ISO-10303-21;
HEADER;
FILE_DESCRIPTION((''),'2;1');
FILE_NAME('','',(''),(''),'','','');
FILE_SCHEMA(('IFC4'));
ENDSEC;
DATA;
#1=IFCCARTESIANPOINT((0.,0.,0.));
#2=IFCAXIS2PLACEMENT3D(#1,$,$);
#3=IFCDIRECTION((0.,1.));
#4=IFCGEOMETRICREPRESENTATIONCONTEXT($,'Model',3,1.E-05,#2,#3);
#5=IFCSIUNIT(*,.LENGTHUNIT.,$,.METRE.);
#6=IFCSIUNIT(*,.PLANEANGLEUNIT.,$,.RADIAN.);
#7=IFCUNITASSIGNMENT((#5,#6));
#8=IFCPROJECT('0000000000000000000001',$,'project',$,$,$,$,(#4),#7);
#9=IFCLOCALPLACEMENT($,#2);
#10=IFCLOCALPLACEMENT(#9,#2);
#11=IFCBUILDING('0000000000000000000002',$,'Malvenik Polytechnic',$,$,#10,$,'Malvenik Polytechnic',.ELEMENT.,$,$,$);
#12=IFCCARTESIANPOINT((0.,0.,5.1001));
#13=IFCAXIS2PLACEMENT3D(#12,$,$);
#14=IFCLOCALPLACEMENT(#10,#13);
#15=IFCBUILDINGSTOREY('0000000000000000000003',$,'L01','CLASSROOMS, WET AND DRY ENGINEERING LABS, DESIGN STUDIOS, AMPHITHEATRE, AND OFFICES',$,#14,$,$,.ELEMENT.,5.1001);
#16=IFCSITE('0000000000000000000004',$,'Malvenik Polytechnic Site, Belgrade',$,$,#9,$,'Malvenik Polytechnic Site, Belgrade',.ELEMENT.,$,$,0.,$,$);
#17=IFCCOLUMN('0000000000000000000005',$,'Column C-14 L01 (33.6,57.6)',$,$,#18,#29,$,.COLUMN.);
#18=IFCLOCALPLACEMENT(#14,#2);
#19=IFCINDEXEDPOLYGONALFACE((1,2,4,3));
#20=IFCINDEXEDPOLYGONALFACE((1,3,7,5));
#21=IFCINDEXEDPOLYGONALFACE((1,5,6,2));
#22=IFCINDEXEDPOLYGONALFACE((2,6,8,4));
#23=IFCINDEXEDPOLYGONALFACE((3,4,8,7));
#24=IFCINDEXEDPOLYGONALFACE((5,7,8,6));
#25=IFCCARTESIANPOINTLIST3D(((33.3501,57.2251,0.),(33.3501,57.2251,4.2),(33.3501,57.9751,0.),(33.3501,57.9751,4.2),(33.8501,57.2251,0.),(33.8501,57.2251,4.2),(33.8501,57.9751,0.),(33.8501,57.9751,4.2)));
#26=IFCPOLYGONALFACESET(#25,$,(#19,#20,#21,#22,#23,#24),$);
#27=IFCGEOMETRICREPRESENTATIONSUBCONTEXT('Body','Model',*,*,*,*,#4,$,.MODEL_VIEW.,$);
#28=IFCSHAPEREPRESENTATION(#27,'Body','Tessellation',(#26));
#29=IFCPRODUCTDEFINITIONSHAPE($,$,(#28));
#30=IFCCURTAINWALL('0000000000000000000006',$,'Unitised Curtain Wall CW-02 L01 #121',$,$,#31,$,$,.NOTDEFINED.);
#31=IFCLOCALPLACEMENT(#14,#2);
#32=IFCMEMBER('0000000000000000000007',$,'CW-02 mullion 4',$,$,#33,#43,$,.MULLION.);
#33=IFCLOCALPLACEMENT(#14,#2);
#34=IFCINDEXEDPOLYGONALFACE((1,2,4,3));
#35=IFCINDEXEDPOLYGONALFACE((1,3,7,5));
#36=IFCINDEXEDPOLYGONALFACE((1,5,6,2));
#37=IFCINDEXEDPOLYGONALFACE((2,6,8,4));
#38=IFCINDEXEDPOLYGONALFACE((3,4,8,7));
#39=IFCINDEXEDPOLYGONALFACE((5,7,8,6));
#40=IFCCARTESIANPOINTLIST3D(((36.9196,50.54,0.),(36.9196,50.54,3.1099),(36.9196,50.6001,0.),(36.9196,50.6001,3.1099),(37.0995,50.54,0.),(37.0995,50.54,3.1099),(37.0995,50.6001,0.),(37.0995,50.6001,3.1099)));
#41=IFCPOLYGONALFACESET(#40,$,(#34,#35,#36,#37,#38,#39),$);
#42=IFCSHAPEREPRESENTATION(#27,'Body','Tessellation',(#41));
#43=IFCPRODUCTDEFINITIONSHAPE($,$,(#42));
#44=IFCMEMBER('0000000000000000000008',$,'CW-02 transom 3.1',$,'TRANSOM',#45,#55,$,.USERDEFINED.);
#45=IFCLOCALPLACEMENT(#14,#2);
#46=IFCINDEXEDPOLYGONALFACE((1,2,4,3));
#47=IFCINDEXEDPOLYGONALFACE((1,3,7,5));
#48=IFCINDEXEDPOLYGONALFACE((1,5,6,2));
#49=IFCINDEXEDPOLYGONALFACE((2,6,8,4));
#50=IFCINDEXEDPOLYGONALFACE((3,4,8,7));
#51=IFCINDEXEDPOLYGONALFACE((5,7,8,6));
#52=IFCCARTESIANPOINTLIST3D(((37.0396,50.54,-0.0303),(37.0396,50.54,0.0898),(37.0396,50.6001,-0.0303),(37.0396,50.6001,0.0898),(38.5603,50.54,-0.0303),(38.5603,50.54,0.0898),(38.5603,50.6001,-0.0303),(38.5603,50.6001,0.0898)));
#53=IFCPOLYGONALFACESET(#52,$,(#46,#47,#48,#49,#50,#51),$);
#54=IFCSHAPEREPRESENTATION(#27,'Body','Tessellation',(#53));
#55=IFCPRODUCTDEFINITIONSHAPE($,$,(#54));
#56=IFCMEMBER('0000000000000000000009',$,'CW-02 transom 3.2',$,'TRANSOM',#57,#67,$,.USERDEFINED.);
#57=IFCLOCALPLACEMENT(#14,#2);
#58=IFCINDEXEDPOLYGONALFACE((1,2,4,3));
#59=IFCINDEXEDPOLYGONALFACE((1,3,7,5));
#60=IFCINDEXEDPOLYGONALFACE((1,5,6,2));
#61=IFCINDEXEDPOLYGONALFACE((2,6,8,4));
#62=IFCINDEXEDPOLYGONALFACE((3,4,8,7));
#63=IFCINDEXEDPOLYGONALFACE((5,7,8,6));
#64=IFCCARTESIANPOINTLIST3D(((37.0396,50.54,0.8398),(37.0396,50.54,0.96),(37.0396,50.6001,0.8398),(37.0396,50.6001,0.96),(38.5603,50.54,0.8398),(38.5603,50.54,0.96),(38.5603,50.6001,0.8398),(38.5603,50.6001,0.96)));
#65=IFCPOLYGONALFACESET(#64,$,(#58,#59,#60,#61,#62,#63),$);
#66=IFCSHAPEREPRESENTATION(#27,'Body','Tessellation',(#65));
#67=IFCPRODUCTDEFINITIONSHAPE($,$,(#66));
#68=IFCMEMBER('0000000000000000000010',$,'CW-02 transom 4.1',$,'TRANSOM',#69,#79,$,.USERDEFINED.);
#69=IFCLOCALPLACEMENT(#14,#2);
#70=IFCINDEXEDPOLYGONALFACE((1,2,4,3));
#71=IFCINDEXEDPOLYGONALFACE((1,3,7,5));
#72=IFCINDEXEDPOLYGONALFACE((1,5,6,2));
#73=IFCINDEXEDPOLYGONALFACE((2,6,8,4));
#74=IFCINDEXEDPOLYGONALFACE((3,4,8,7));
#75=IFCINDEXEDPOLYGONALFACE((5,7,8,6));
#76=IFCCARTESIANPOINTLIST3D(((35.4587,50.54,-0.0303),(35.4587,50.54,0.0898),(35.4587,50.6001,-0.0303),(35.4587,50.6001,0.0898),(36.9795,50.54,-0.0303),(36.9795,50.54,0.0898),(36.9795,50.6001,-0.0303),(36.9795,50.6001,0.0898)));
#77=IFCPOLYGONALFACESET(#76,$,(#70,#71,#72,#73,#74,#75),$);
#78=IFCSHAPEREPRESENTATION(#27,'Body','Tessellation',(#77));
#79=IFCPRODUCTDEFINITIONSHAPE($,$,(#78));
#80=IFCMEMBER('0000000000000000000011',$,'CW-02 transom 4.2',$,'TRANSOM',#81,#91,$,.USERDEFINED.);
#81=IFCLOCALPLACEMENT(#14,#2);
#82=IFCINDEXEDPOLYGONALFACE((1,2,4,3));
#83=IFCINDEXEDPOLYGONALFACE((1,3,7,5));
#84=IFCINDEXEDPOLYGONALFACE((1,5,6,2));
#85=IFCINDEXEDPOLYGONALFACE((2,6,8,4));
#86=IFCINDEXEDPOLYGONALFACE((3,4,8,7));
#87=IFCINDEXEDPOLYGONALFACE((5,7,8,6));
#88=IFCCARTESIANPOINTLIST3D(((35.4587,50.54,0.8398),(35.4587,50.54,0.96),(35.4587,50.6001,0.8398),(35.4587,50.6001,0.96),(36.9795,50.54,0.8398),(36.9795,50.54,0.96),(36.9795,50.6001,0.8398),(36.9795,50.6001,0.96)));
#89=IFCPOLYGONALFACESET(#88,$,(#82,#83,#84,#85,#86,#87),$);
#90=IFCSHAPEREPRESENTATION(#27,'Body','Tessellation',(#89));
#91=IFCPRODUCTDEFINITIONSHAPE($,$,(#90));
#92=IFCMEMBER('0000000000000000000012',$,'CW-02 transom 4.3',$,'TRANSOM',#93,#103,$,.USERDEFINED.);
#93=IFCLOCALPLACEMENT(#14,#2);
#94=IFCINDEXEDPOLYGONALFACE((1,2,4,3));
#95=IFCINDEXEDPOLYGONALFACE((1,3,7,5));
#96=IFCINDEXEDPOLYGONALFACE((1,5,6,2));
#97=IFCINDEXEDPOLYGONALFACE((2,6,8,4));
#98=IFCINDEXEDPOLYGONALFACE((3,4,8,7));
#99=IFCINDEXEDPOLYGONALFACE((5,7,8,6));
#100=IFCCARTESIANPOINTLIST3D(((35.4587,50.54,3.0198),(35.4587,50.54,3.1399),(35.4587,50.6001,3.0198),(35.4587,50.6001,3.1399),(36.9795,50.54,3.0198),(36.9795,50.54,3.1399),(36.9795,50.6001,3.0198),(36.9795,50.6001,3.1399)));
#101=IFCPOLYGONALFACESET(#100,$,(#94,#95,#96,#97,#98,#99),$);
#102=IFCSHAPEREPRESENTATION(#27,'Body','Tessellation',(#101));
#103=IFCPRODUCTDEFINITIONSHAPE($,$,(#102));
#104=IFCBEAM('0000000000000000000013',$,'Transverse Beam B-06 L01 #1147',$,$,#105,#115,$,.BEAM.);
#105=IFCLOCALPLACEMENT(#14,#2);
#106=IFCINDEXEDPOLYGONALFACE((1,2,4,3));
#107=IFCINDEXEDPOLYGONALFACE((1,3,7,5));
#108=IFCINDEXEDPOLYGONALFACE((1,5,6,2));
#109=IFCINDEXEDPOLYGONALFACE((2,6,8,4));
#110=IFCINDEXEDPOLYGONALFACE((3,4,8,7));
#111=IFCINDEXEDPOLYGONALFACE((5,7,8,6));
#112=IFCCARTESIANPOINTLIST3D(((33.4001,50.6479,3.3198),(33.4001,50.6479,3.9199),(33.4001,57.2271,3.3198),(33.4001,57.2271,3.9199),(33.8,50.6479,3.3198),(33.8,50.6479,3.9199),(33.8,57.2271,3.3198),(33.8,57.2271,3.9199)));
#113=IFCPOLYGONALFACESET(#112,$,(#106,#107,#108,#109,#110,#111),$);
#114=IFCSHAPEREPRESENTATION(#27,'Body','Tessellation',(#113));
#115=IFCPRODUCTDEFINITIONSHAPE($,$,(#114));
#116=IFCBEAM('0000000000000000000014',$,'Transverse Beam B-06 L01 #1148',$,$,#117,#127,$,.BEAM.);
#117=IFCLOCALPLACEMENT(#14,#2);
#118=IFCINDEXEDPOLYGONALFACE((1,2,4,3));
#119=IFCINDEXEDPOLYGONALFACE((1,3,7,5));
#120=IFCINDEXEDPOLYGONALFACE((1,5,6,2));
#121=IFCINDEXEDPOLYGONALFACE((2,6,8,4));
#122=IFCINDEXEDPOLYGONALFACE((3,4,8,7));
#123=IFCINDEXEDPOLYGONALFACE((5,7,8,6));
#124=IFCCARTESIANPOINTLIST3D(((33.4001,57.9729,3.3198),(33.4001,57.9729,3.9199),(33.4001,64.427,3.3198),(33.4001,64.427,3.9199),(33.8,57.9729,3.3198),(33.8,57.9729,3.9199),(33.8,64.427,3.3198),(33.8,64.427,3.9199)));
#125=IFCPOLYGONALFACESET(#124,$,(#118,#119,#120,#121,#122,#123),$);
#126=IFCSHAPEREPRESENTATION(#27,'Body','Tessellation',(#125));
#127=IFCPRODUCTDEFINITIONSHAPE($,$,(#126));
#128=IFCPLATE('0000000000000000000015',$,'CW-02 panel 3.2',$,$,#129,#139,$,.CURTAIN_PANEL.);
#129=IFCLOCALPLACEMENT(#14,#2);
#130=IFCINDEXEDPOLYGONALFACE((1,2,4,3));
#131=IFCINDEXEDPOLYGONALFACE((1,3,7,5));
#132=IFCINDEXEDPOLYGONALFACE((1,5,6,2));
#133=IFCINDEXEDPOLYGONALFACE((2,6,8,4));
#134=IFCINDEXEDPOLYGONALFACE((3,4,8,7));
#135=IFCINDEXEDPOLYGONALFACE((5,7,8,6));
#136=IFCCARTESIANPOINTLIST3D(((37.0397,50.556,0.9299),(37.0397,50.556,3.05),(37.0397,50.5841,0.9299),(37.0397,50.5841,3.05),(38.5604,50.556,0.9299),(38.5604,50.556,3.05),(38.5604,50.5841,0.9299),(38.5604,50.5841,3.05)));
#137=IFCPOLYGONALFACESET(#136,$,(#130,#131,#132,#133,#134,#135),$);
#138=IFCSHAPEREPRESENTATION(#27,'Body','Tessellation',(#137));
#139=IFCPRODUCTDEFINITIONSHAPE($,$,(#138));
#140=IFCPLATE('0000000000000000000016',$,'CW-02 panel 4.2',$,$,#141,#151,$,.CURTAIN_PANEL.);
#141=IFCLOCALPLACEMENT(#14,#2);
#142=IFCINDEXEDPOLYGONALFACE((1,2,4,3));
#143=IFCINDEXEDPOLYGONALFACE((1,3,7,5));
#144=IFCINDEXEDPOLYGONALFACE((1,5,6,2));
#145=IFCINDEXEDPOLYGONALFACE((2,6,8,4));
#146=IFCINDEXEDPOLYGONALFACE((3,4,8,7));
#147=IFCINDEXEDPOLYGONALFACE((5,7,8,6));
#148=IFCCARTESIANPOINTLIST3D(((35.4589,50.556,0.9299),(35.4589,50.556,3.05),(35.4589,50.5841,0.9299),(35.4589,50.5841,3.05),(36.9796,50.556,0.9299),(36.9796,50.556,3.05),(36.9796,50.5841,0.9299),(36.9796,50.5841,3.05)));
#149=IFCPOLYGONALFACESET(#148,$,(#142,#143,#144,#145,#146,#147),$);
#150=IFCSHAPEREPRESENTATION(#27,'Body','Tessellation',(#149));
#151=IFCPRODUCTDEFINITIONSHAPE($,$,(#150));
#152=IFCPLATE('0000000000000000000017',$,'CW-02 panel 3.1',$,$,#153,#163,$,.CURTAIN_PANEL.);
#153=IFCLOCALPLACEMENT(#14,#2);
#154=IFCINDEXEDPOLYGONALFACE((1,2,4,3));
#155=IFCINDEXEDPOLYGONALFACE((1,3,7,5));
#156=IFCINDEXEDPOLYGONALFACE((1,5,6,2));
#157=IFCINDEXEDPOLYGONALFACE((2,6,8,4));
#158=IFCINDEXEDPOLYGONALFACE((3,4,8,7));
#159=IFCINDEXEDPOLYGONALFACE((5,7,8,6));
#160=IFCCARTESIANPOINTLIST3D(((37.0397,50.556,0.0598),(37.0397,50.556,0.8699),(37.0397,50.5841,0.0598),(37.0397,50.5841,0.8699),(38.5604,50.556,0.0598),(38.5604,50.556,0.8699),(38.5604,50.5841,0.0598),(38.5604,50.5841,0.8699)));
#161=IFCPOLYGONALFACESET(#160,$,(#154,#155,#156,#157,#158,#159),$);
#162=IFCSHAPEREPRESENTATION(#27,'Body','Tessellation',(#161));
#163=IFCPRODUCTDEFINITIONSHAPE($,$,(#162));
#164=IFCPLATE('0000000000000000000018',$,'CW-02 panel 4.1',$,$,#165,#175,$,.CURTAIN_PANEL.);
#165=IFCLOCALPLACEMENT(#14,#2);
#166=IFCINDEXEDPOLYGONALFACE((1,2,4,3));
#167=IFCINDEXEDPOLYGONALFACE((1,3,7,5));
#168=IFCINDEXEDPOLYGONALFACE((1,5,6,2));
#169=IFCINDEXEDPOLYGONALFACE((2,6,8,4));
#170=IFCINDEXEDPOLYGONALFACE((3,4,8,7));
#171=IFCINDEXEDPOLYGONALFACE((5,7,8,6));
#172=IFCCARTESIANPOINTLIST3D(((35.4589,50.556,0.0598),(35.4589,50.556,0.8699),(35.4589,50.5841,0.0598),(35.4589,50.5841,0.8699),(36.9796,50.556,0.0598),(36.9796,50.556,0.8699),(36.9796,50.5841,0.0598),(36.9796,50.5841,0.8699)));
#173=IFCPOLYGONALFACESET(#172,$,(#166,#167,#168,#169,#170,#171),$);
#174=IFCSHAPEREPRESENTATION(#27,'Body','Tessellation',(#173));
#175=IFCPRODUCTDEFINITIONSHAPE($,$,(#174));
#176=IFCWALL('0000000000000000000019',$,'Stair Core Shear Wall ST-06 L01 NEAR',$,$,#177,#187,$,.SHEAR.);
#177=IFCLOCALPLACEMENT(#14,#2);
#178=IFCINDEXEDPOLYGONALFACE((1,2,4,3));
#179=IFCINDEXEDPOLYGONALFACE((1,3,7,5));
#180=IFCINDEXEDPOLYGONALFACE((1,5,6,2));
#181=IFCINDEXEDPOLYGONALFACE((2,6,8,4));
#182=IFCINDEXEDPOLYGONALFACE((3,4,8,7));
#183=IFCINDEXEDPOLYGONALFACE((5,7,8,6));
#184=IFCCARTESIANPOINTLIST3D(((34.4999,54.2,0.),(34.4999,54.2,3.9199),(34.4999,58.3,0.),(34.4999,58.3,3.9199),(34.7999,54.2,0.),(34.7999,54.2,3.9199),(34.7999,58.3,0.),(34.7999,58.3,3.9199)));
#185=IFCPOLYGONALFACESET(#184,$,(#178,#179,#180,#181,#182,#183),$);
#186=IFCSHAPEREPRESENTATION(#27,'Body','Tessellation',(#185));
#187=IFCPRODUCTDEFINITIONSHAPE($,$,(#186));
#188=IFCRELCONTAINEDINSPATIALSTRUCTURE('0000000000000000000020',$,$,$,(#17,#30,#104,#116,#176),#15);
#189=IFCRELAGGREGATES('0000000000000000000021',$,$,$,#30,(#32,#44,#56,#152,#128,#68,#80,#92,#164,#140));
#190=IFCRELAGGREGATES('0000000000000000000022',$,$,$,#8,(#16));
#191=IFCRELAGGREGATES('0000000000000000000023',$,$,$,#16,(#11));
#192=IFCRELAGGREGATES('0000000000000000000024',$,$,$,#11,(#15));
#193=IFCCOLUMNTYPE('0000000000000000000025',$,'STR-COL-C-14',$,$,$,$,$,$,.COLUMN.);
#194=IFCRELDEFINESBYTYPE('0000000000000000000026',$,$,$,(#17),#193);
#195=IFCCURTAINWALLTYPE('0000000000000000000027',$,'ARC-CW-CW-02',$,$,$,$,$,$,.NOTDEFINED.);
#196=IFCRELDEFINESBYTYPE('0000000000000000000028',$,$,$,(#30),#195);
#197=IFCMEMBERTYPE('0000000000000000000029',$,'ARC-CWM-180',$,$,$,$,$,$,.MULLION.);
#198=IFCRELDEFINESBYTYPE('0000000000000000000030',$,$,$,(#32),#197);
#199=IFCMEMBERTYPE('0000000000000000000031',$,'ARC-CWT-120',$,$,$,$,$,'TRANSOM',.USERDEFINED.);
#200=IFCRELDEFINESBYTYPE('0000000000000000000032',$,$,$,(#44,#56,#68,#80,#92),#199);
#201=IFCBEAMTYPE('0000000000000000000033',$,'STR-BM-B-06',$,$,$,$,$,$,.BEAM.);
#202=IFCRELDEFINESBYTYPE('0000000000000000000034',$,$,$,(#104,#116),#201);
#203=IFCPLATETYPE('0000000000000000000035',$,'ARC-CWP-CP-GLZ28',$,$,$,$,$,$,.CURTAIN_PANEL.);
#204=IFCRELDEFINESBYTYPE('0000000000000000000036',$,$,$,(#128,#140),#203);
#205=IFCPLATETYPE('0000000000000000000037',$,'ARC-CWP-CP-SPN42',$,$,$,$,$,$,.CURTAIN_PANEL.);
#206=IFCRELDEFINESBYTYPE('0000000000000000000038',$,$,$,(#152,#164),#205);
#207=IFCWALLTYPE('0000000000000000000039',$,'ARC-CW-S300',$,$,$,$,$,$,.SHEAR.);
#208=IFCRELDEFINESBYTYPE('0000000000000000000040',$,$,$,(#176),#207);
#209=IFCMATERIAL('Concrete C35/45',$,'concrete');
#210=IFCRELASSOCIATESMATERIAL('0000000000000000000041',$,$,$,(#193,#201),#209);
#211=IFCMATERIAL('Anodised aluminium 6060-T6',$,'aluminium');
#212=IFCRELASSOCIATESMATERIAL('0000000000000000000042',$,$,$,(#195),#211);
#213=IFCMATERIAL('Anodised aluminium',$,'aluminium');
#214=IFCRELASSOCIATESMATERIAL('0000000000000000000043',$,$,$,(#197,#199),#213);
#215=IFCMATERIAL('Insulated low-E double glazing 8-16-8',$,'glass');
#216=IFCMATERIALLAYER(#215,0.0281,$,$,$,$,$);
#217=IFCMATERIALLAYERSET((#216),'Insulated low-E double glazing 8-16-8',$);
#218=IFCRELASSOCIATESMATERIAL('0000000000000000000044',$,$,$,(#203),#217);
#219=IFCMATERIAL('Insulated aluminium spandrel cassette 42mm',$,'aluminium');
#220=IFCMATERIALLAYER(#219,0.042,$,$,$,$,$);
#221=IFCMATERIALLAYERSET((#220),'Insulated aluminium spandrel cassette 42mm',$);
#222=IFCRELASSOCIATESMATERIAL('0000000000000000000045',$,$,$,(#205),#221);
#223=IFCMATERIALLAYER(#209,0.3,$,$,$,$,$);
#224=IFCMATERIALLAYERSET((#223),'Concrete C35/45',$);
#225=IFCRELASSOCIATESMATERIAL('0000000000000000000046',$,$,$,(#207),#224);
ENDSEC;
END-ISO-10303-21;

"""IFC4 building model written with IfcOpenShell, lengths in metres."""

from ifc_helpers import new_model, si_unit, direction, frame, frame_2d, origin, origin_2d, place, context, subcontext, project, spatial, rectangle, extrude, material, layer, layer_set, material_profile, profile_set, type_object, element, aggregate, save


model = new_model("IFC4")

# Units and contexts
model_context = context("Model", 3, precision=1e-05, world=origin(), true_north=direction((0.0, 1.0)))
body_context = subcontext(model_context, "Body", "Model", "MODEL_VIEW")
ifc_project = project(units=[si_unit("LENGTHUNIT", "METRE"), si_unit("PLANEANGLEUNIT", "RADIAN")], contexts=[model_context])

# Site, building, storey
site_placement = place(None, origin())
site = spatial("IfcSite", under=ifc_project, at=site_placement, Name="Malvenik Polytechnic Site, Belgrade", LongName="Malvenik Polytechnic Site, Belgrade", CompositionType="ELEMENT", RefElevation=0.0)
building_placement = place(site_placement, origin())
building = spatial("IfcBuilding", under=site, at=building_placement, Name="Malvenik Polytechnic", LongName="Malvenik Polytechnic", CompositionType="ELEMENT")
storey_placement = place(building_placement, frame((0.0, 0.0, 5.1001)))
storey = spatial("IfcBuildingStorey", under=building, at=storey_placement, Name="L01", Description="CLASSROOMS, WET AND DRY ENGINEERING LABS, DESIGN STUDIOS, AMPHITHEATRE, AND OFFICES", CompositionType="ELEMENT", Elevation=5.1001)

# Column
ifc_material_1 = material(Name="Concrete C35/45", Category="concrete")
ifc_material_profile_1 = material_profile(ifc_material_1, rectangle(XDim=0.5, YDim=0.75, at=origin_2d()), Name="RC COL 750x500")
ifc_profile_set_1 = profile_set([ifc_material_profile_1], Name="Concrete C35/45")
column_type = type_object("IfcColumnType", Name="STR-COL-C-14", PredefinedType="COLUMN", material=ifc_profile_set_1)
column_placement = place(storey_placement, frame((33.6001, 57.6001, 0.0), z_axis=(0.0, 0.0, 1.0), x_axis=(1.0, 0.0, 0.0)))
element("IfcColumn", 1, at=column_placement, inside=storey, type_object=column_type, Name="Column C-14 L01 (33.6,57.6)", PredefinedType="COLUMN", context=body_context, shape_type="SweptSolid", body=[
    extrude(rectangle(XDim=0.5, YDim=0.75, at=origin_2d()), origin(), (0.0, 0.0, 1.0), 4.2),
])

# Curtain wall, members
ifc_material_2 = material(Name="Anodised aluminium 6060-T6", Category="aluminium")
curtain_wall_type = type_object("IfcCurtainWallType", Name="ARC-CW-CW-02", PredefinedType="NOTDEFINED", material=ifc_material_2)
curtain_wall_placement = place(storey_placement, origin())
curtain_wall = element("IfcCurtainWall", 2, at=curtain_wall_placement, inside=storey, type_object=curtain_wall_type, Name="Unitised Curtain Wall CW-02 L01 #121", PredefinedType="NOTDEFINED")
ifc_material_3 = material(Name="Anodised aluminium", Category="aluminium")
ifc_material_profile_2 = material_profile(ifc_material_3, rectangle(XDim=0.0601, YDim=0.1799, at=origin_2d()), Name="ALU MULLION 60x180")
ifc_profile_set_2 = profile_set([ifc_material_profile_2], Name="Anodised aluminium")
member_type_1 = type_object("IfcMemberType", Name="ARC-CWM-180", PredefinedType="MULLION", material=ifc_profile_set_2)
member_1_placement = place(storey_placement, frame((37.0095, 50.5701, 0.0), z_axis=(0.0, 0.0, 1.0), x_axis=(0.0, -1.0, 0.0)))
member_1 = element("IfcMember", 3, at=member_1_placement, type_object=member_type_1, Name="CW-02 mullion 4", PredefinedType="MULLION", context=body_context, shape_type="SweptSolid", body=[
    extrude(rectangle(XDim=0.0601, YDim=0.1799, at=origin_2d()), origin(), (0.0, 0.0, 1.0), 3.1099),
])
ifc_material_profile_3 = material_profile(ifc_material_3, rectangle(XDim=0.0601, YDim=0.1201, at=origin_2d()), Name="ALU TRANSOM 60x120")
ifc_profile_set_3 = profile_set([ifc_material_profile_3], Name="Anodised aluminium")
member_type_2 = type_object("IfcMemberType", Name="ARC-CWT-120", ElementType="TRANSOM", PredefinedType="USERDEFINED", material=ifc_profile_set_3)
member_2_placement = place(storey_placement, frame((38.5603, 50.5701, 0.0298), z_axis=(-1.0, 0.0, 0.0), x_axis=(0.0, -1.0, 0.0)))
member_2 = element("IfcMember", 4, at=member_2_placement, type_object=member_type_2, Name="CW-02 transom 3.1", ObjectType="TRANSOM", PredefinedType="USERDEFINED", context=body_context, shape_type="SweptSolid", body=[
    extrude(rectangle(XDim=0.0601, YDim=0.1201, at=origin_2d()), origin(), (0.0, 0.0, 1.0), 1.5208),
])
member_3_placement = place(storey_placement, frame((38.5603, 50.5701, 0.8999), z_axis=(-1.0, 0.0, 0.0), x_axis=(0.0, -1.0, 0.0)))
member_3 = element("IfcMember", 5, at=member_3_placement, type_object=member_type_2, Name="CW-02 transom 3.2", ObjectType="TRANSOM", PredefinedType="USERDEFINED", context=body_context, shape_type="SweptSolid", body=[
    extrude(rectangle(XDim=0.0601, YDim=0.1201, at=origin_2d()), origin(), (0.0, 0.0, 1.0), 1.5208),
])
member_4_placement = place(storey_placement, frame((36.9795, 50.5701, 0.0298), z_axis=(-1.0, 0.0, 0.0), x_axis=(0.0, -1.0, 0.0)))
member_4 = element("IfcMember", 6, at=member_4_placement, type_object=member_type_2, Name="CW-02 transom 4.1", ObjectType="TRANSOM", PredefinedType="USERDEFINED", context=body_context, shape_type="SweptSolid", body=[
    extrude(rectangle(XDim=0.0601, YDim=0.1201, at=origin_2d()), origin(), (0.0, 0.0, 1.0), 1.5208),
])
member_5_placement = place(storey_placement, frame((36.9795, 50.5701, 0.8999), z_axis=(-1.0, 0.0, 0.0), x_axis=(0.0, -1.0, 0.0)))
member_5 = element("IfcMember", 7, at=member_5_placement, type_object=member_type_2, Name="CW-02 transom 4.2", ObjectType="TRANSOM", PredefinedType="USERDEFINED", context=body_context, shape_type="SweptSolid", body=[
    extrude(rectangle(XDim=0.0601, YDim=0.1201, at=origin_2d()), origin(), (0.0, 0.0, 1.0), 1.5208),
])
member_6_placement = place(storey_placement, frame((36.9795, 50.5701, 3.0798), z_axis=(-1.0, 0.0, 0.0), x_axis=(0.0, -1.0, 0.0)))
member_6 = element("IfcMember", 8, at=member_6_placement, type_object=member_type_2, Name="CW-02 transom 4.3", ObjectType="TRANSOM", PredefinedType="USERDEFINED", context=body_context, shape_type="SweptSolid", body=[
    extrude(rectangle(XDim=0.0601, YDim=0.1201, at=origin_2d()), origin(), (0.0, 0.0, 1.0), 1.5208),
])

# Beams
ifc_material_profile_4 = material_profile(ifc_material_1, rectangle(XDim=0.3999, YDim=0.6001, at=origin_2d()), Name="RC BM 400x600")
ifc_profile_set_4 = profile_set([ifc_material_profile_4], Name="Concrete C35/45")
beam_type = type_object("IfcBeamType", Name="STR-BM-B-06", PredefinedType="BEAM", material=ifc_profile_set_4)
beam_1_placement = place(storey_placement, frame((33.6001, 50.6479, 3.6199), z_axis=(0.0, 1.0, 0.0), x_axis=(-1.0, 0.0, 0.0)))
element("IfcBeam", 9, at=beam_1_placement, inside=storey, type_object=beam_type, Name="Transverse Beam B-06 L01 #1147", PredefinedType="BEAM", context=body_context, shape_type="SweptSolid", body=[
    extrude(rectangle(XDim=0.3999, YDim=0.6001, at=origin_2d()), origin(), (0.0, 0.0, 1.0), 6.5791),
])
beam_2_placement = place(storey_placement, frame((33.6001, 57.9729, 3.6199), z_axis=(0.0, 1.0, 0.0), x_axis=(-1.0, 0.0, 0.0)))
element("IfcBeam", 10, at=beam_2_placement, inside=storey, type_object=beam_type, Name="Transverse Beam B-06 L01 #1148", PredefinedType="BEAM", context=body_context, shape_type="SweptSolid", body=[
    extrude(rectangle(XDim=0.3999, YDim=0.6001, at=origin_2d()), origin(), (0.0, 0.0, 1.0), 6.4541),
])

# Plates
ifc_material_4 = material(Name="Insulated low-E double glazing 8-16-8", Category="glass")
ifc_layer_1 = layer(ifc_material_4, 0.0281)
ifc_layer_set_1 = layer_set([ifc_layer_1], Name="Insulated low-E double glazing 8-16-8")
plate_type_1 = type_object("IfcPlateType", Name="ARC-CWP-CP-GLZ28", PredefinedType="CURTAIN_PANEL", material=ifc_layer_set_1)
plate_1_placement = place(storey_placement, frame((37.8, 50.5701, 0.9299), z_axis=(0.0, 0.0, 1.0), x_axis=(-1.0, 0.0, 0.0)))
plate_1 = element("IfcPlate", 11, at=plate_1_placement, type_object=plate_type_1, Name="CW-02 panel 3.2", PredefinedType="CURTAIN_PANEL", context=body_context, shape_type="SweptSolid", body=[
    extrude(rectangle(XDim=1.5208, YDim=0.0281, at=origin_2d()), origin(), (0.0, 0.0, 1.0), 2.1201),
])
plate_2_placement = place(storey_placement, frame((36.2192, 50.5701, 0.9299), z_axis=(0.0, 0.0, 1.0), x_axis=(-1.0, 0.0, 0.0)))
plate_2 = element("IfcPlate", 12, at=plate_2_placement, type_object=plate_type_1, Name="CW-02 panel 4.2", PredefinedType="CURTAIN_PANEL", context=body_context, shape_type="SweptSolid", body=[
    extrude(rectangle(XDim=1.5208, YDim=0.0281, at=origin_2d()), origin(), (0.0, 0.0, 1.0), 2.1201),
])
ifc_material_5 = material(Name="Insulated aluminium spandrel cassette 42mm", Category="aluminium")
ifc_layer_2 = layer(ifc_material_5, 0.042)
ifc_layer_set_2 = layer_set([ifc_layer_2], Name="Insulated aluminium spandrel cassette 42mm")
plate_type_2 = type_object("IfcPlateType", Name="ARC-CWP-CP-SPN42", PredefinedType="CURTAIN_PANEL", material=ifc_layer_set_2)
plate_3_placement = place(storey_placement, frame((37.8, 50.5701, 0.0598), z_axis=(0.0, 0.0, 1.0), x_axis=(-1.0, 0.0, 0.0)))
plate_3 = element("IfcPlate", 13, at=plate_3_placement, type_object=plate_type_2, Name="CW-02 panel 3.1", PredefinedType="CURTAIN_PANEL", context=body_context, shape_type="SweptSolid", body=[
    extrude(rectangle(XDim=1.5208, YDim=0.0281, at=origin_2d()), origin(), (0.0, 0.0, 1.0), 0.8101),
])
plate_4_placement = place(storey_placement, frame((36.2192, 50.5701, 0.0598), z_axis=(0.0, 0.0, 1.0), x_axis=(-1.0, 0.0, 0.0)))
plate_4 = element("IfcPlate", 14, at=plate_4_placement, type_object=plate_type_2, Name="CW-02 panel 4.1", PredefinedType="CURTAIN_PANEL", context=body_context, shape_type="SweptSolid", body=[
    extrude(rectangle(XDim=1.5208, YDim=0.0281, at=origin_2d()), origin(), (0.0, 0.0, 1.0), 0.8101),
])
aggregate(curtain_wall, [member_1, member_2, member_3, plate_3, plate_1, member_4, member_5, member_6, plate_4, plate_2])

# Wall
ifc_layer_3 = layer(ifc_material_1, 0.3)
ifc_layer_set_3 = layer_set([ifc_layer_3], Name="Concrete C35/45")
wall_type_1 = type_object("IfcWallType", Name="ARC-CW-S300", PredefinedType="SHEAR", material=ifc_layer_set_3)
wall_1_placement = place(storey_placement, frame((34.6499, 54.2, 0.0), z_axis=(0.0, 0.0, 1.0), x_axis=(0.0, 1.0, 0.0)))
element("IfcWall", 15, at=wall_1_placement, inside=storey, type_object=wall_type_1, Name="Stair Core Shear Wall ST-06 L01 NEAR", PredefinedType="SHEAR", context=body_context, shape_type="SweptSolid", body=[
    extrude(rectangle(XDim=4.1001, YDim=0.3, at=frame_2d((2.05, 0.0))), origin(), (0.0, 0.0, 1.0), 3.9199),
])

save(model, "model.ifc")
